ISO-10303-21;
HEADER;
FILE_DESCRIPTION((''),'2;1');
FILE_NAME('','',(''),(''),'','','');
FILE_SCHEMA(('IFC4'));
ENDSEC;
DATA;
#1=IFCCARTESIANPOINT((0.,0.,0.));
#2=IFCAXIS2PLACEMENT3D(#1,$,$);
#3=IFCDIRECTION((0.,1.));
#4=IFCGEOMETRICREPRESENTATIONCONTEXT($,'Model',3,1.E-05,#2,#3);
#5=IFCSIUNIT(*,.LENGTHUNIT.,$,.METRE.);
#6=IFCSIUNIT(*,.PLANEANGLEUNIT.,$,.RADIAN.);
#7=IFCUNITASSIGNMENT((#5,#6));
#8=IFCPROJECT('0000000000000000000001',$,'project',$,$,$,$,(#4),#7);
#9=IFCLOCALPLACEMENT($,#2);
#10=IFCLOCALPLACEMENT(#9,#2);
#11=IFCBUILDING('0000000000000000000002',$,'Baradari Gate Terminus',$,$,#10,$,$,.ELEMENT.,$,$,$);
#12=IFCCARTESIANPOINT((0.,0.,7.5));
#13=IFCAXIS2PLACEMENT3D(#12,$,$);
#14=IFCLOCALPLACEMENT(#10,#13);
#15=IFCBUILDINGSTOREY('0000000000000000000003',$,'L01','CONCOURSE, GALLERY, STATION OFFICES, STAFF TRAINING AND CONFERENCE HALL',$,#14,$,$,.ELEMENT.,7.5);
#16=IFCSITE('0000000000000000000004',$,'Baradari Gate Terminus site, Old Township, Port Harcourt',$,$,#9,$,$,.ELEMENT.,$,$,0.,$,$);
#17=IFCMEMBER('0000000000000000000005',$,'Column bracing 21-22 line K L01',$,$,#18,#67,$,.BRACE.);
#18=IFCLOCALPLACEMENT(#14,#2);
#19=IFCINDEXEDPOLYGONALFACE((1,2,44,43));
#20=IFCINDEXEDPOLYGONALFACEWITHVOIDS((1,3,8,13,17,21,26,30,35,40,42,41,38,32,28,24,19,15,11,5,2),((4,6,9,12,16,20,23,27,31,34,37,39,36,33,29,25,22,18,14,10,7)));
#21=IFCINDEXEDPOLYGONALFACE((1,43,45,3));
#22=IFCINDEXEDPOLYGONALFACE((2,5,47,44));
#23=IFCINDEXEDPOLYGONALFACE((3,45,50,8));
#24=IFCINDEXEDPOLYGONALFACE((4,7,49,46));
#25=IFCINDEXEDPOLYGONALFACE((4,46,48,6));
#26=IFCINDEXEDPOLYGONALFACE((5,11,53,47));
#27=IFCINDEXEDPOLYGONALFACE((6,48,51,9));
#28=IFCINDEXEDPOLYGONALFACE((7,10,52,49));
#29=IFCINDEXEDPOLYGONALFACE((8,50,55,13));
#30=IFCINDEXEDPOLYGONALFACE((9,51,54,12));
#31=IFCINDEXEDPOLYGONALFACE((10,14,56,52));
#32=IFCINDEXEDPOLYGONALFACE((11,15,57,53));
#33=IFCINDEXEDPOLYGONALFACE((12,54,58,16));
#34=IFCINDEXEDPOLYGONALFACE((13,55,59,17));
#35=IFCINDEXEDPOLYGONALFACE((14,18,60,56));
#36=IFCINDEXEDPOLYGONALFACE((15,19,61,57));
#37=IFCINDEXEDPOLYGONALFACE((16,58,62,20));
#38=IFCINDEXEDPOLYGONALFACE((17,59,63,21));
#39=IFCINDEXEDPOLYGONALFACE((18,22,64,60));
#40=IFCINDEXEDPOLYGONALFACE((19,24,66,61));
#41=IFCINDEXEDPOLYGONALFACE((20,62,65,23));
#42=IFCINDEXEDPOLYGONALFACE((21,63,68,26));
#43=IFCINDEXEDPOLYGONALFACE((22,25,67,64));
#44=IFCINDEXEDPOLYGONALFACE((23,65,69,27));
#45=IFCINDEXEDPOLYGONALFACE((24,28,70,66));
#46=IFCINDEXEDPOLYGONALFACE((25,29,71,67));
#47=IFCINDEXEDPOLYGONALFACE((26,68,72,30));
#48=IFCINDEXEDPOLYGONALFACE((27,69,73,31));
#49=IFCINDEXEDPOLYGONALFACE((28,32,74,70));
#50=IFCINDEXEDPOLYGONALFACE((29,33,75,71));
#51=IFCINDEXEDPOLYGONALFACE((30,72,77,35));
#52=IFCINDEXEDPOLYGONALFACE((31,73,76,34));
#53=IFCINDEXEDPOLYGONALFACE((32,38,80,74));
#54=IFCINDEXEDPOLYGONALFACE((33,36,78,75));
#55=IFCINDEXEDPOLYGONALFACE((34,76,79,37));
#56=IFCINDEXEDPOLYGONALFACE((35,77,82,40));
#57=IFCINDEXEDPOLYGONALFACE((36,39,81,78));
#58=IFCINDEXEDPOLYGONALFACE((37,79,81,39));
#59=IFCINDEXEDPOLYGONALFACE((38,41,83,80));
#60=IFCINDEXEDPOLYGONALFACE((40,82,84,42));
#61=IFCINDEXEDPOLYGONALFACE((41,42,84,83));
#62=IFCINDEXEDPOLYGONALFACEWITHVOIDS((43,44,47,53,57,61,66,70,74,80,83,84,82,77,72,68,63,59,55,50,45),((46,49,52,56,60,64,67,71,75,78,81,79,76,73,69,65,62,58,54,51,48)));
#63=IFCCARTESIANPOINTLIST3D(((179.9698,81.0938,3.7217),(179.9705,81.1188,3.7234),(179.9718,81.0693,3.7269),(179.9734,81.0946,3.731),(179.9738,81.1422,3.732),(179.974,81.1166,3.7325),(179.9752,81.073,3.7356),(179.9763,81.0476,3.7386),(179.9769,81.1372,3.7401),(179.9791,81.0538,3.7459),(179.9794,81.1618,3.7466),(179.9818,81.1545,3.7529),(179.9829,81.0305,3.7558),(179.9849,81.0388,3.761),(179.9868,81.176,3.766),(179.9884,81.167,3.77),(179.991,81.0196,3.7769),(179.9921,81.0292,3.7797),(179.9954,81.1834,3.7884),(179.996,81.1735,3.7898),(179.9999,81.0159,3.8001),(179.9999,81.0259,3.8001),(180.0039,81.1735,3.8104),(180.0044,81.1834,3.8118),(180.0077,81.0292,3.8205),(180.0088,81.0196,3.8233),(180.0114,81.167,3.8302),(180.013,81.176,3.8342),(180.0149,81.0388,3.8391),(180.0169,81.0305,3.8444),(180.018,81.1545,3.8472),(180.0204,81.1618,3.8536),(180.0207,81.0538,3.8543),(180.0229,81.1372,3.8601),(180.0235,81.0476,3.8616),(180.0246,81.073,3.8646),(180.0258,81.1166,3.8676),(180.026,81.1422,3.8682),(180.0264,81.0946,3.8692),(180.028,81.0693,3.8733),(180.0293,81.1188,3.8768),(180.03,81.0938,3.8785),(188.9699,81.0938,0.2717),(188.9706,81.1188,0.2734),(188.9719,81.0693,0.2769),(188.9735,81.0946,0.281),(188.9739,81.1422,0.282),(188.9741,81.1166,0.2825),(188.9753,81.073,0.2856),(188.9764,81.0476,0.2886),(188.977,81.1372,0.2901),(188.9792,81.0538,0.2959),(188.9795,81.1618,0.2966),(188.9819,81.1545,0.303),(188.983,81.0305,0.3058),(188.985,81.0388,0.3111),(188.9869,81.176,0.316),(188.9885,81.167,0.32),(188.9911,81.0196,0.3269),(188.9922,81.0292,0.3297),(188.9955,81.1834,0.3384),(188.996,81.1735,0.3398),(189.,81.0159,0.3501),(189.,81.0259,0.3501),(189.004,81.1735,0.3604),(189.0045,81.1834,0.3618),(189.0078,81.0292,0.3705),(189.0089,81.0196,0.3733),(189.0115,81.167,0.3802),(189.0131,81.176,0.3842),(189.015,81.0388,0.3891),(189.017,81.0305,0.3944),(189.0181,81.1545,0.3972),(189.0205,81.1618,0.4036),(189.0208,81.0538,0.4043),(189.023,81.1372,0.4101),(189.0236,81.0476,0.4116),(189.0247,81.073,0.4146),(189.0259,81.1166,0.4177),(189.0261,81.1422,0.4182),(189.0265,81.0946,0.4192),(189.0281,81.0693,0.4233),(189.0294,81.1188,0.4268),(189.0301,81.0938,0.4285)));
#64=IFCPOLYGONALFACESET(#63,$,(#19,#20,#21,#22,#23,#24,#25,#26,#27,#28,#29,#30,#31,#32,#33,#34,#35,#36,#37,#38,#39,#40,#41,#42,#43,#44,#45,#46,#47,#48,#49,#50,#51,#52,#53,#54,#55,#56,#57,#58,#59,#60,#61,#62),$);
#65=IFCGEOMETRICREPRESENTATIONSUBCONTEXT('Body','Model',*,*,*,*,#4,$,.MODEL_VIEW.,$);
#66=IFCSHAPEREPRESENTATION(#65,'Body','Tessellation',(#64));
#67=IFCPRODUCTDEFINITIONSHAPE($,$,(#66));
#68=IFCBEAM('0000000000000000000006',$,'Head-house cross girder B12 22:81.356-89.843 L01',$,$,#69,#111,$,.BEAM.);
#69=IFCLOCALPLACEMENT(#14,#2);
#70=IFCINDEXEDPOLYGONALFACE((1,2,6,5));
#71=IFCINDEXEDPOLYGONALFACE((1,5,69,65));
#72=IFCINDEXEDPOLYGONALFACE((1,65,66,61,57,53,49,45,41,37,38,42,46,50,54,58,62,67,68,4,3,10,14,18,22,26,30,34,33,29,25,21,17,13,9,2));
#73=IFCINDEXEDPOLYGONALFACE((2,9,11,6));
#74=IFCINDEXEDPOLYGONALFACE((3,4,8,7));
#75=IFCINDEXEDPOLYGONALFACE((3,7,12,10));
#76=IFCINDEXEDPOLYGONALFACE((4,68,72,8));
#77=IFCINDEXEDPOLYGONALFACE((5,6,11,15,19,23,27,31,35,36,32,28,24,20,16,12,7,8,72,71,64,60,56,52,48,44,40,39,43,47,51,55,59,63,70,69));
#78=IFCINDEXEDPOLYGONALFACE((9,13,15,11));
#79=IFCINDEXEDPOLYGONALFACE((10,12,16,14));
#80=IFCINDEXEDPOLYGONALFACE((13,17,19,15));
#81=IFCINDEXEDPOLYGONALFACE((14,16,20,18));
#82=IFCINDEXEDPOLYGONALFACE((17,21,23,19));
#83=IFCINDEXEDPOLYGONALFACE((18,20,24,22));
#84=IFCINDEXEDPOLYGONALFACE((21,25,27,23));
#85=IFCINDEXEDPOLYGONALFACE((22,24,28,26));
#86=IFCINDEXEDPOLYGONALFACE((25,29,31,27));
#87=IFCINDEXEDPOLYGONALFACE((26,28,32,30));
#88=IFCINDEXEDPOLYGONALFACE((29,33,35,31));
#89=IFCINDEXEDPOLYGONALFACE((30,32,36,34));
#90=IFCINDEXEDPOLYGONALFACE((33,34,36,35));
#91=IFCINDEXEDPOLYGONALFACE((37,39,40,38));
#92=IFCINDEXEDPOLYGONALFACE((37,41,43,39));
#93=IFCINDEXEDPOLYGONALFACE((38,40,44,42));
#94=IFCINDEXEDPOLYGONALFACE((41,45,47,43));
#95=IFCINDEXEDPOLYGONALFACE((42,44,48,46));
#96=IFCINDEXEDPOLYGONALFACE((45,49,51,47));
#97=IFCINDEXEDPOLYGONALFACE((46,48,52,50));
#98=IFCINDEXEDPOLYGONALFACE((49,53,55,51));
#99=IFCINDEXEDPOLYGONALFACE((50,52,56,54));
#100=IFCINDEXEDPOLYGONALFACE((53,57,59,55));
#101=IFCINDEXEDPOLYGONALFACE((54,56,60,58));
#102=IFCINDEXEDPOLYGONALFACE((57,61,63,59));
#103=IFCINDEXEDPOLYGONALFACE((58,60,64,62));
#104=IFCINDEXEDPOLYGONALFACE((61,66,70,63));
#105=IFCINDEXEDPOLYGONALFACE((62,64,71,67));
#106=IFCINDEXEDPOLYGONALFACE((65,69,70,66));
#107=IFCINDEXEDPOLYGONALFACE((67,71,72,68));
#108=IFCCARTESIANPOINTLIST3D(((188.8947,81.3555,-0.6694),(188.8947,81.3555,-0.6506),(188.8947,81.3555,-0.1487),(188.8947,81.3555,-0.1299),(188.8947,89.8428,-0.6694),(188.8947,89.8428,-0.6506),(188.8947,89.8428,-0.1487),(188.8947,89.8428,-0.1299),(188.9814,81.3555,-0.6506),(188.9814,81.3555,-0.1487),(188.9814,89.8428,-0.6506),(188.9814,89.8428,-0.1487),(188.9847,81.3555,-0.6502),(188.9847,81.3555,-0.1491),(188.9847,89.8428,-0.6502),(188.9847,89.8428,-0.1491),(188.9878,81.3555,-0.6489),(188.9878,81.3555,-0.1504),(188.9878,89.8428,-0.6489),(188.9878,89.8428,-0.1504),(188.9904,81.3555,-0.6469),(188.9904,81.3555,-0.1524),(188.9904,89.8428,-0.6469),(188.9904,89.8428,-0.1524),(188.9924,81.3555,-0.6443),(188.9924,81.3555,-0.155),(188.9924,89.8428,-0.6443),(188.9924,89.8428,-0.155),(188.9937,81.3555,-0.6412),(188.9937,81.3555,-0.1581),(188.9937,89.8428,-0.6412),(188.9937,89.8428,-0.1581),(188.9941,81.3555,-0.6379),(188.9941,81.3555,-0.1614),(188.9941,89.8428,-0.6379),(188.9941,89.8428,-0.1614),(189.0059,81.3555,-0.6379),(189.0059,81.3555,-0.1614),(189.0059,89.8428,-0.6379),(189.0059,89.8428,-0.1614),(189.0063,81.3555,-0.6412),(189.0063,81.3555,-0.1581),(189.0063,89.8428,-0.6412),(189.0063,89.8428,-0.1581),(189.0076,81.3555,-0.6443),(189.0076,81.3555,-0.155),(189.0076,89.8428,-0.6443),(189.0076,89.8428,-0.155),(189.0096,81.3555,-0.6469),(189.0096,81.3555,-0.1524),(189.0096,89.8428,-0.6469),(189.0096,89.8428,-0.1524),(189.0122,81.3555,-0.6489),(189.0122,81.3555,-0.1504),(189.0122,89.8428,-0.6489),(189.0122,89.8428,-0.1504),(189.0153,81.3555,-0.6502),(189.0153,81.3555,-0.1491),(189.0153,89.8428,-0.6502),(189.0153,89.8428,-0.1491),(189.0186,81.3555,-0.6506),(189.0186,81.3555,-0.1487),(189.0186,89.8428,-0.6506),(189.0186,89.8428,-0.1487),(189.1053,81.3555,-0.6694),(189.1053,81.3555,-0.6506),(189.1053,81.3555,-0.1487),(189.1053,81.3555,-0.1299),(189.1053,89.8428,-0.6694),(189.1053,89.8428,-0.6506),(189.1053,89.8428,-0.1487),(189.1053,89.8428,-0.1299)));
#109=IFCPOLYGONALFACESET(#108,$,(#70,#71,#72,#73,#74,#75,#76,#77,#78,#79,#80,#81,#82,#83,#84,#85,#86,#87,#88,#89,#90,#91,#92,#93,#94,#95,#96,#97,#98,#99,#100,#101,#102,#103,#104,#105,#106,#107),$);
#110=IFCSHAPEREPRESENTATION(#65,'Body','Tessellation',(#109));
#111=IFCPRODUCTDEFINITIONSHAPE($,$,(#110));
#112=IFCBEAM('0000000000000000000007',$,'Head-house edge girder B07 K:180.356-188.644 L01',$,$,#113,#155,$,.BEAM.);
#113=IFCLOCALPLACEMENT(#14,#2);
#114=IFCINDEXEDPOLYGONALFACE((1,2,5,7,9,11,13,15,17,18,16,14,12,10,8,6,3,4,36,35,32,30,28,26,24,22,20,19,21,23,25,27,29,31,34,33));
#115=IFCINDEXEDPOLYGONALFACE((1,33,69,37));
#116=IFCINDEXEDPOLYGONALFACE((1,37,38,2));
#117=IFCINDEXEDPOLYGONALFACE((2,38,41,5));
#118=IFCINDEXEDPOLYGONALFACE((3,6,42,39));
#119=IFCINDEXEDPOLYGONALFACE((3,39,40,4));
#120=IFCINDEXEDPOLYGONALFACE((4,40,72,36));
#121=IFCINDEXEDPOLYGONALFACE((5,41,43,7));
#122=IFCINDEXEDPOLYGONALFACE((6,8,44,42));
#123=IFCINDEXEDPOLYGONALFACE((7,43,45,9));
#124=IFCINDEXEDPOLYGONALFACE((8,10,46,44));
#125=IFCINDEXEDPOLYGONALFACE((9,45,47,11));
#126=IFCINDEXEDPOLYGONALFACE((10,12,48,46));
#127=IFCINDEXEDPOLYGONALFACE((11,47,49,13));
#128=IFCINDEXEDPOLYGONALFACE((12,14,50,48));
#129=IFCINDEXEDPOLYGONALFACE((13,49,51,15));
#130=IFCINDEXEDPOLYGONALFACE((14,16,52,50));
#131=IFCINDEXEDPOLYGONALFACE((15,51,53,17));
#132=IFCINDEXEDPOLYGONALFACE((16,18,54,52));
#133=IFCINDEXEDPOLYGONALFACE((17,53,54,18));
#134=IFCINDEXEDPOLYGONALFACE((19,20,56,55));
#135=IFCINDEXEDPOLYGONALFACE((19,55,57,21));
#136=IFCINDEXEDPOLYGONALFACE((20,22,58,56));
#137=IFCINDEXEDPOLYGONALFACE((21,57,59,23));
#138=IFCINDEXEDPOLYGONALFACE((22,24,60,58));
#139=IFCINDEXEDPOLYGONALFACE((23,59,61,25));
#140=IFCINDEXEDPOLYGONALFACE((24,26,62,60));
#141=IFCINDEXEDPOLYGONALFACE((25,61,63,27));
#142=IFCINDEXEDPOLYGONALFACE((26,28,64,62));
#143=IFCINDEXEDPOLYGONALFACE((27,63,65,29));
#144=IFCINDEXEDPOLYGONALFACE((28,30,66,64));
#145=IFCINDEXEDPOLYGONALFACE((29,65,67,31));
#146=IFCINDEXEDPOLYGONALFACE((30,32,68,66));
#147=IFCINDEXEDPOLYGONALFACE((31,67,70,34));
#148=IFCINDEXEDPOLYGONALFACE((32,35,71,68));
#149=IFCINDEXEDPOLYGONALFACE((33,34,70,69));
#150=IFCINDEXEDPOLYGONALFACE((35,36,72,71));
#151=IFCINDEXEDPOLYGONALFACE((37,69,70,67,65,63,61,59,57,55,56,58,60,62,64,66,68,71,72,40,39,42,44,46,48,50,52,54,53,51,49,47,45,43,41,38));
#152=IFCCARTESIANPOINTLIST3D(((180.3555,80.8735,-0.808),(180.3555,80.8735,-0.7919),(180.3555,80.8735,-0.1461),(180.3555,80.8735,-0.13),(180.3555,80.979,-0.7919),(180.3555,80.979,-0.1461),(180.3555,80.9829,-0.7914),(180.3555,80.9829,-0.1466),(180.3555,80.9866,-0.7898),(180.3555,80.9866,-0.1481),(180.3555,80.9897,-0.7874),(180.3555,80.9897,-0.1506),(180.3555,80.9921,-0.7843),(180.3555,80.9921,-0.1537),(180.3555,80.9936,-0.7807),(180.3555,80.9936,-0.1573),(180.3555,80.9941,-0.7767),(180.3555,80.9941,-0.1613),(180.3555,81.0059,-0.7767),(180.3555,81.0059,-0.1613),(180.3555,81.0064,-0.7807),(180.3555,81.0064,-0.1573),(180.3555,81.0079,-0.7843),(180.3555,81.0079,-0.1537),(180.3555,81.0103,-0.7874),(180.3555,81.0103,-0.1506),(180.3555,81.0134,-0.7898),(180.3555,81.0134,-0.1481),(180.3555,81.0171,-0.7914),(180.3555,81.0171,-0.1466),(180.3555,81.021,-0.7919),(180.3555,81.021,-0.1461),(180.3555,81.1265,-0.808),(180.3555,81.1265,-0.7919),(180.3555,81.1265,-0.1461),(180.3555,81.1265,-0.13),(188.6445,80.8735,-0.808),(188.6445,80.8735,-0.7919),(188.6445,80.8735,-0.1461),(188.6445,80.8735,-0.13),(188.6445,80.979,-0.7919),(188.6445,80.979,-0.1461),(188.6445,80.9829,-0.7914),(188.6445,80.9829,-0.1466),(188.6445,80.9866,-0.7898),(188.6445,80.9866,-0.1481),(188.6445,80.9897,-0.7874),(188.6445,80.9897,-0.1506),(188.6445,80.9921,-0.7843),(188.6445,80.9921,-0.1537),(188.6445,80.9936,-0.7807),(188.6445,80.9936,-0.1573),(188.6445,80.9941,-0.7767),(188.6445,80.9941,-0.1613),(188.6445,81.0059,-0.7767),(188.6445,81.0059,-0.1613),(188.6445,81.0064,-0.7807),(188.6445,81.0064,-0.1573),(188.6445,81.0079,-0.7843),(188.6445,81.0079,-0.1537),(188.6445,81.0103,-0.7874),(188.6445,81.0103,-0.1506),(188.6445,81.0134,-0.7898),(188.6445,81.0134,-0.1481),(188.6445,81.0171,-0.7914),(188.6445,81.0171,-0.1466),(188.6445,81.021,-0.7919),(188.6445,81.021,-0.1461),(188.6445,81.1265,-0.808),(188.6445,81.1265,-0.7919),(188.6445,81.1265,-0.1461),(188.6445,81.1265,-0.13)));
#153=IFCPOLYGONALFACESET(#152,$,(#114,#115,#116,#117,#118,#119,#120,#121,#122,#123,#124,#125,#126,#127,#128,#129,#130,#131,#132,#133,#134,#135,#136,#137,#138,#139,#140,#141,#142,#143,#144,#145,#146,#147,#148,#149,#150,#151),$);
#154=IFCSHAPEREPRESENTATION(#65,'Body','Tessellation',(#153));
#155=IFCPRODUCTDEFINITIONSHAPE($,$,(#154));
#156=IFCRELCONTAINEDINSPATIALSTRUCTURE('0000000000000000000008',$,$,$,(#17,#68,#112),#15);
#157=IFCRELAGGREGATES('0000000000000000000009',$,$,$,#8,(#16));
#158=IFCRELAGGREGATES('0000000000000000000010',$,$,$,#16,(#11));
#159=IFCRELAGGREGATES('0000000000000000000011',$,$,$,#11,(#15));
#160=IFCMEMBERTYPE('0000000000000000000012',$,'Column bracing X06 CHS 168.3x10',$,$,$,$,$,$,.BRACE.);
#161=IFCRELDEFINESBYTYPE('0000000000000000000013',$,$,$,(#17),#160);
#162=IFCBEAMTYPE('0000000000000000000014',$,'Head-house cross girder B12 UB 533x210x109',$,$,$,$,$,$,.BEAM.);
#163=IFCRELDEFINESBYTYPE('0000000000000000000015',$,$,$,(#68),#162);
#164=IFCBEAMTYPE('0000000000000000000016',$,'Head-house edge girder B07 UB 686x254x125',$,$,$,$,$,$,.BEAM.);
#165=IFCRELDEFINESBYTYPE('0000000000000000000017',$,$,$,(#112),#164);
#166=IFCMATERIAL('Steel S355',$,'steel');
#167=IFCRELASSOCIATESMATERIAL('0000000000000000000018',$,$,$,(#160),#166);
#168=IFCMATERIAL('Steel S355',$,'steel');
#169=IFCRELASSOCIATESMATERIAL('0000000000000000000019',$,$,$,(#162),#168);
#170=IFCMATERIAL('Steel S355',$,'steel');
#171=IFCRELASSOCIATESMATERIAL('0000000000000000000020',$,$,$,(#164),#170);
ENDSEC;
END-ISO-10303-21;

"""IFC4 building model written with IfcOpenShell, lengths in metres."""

from ifc_helpers import new_model, si_unit, direction, frame, origin, origin_2d, place, context, subcontext, project, spatial, hollow_circle, i_section, extrude, material, material_profile, profile_set, type_object, element, save


model = new_model("IFC4")

# Units and contexts
model_context = context("Model", 3, precision=1e-05, world=origin(), true_north=direction((0.0, 1.0)))
body_context = subcontext(model_context, "Body", "Model", "MODEL_VIEW")
ifc_project = project(units=[si_unit("LENGTHUNIT", "METRE"), si_unit("PLANEANGLEUNIT", "RADIAN")], contexts=[model_context])

# Site, building, storey
site_placement = place(None, origin())
site = spatial("IfcSite", under=ifc_project, at=site_placement, Name="Baradari Gate Terminus site, Old Township, Port Harcourt", CompositionType="ELEMENT", RefElevation=0.0)
building_placement = place(site_placement, origin())
building = spatial("IfcBuilding", under=site, at=building_placement, Name="Baradari Gate Terminus", CompositionType="ELEMENT")
storey_placement = place(building_placement, frame((0.0, 0.0, 7.5)))
storey = spatial("IfcBuildingStorey", under=building, at=storey_placement, Name="L01", Description="CONCOURSE, GALLERY, STATION OFFICES, STAFF TRAINING AND CONFERENCE HALL", CompositionType="ELEMENT", Elevation=7.5)

# Member
ifc_material_1 = material(Name="Steel S355", Category="steel")
ifc_material_profile_1 = material_profile(ifc_material_1, hollow_circle(Radius=0.0842, WallThickness=0.01, at=origin_2d()), Name="CHS 168.3x10")
ifc_profile_set_1 = profile_set([ifc_material_profile_1], Name="Steel S355")
member_type = type_object("IfcMemberType", Name="Column bracing X06 CHS 168.3x10", PredefinedType="BRACE", material=ifc_profile_set_1)
member_placement = place(storey_placement, frame((189.0, 81.1001, 0.3501), z_axis=(-0.933748, 0.0, 0.357932), x_axis=(0.0, -1.0, 0.0)))
element("IfcMember", 1, at=member_placement, inside=storey, type_object=member_type, Name="Column bracing 21-22 line K L01", PredefinedType="BRACE", context=body_context, shape_type="SweptSolid", body=[
    extrude(hollow_circle(Radius=0.0842, WallThickness=0.01, at=origin_2d()), origin(), (0.0, 0.0, 1.0), 9.6387),
])

# Beams
ifc_material_2 = material(Name="Steel S355", Category="steel")
ifc_material_profile_2 = material_profile(ifc_material_2, i_section(OverallWidth=0.2107, OverallDepth=0.5396, WebThickness=0.0117, FlangeThickness=0.0188, FilletRadius=0.0127, at=origin_2d()), Name="UB 533x210x109")
ifc_profile_set_2 = profile_set([ifc_material_profile_2], Name="Steel S355")
beam_type_1 = type_object("IfcBeamType", Name="Head-house cross girder B12 UB 533x210x109", PredefinedType="BEAM", material=ifc_profile_set_2)
beam_1_placement = place(storey_placement, frame((189.0, 81.3555, -0.3997), z_axis=(0.0, 1.0, 0.0), x_axis=(-1.0, 0.0, 0.0)))
element("IfcBeam", 2, at=beam_1_placement, inside=storey, type_object=beam_type_1, Name="Head-house cross girder B12 22:81.356-89.843 L01", PredefinedType="BEAM", context=body_context, shape_type="SweptSolid", body=[
    extrude(i_section(OverallWidth=0.2107, OverallDepth=0.5396, WebThickness=0.0117, FlangeThickness=0.0188, FilletRadius=0.0127, at=origin_2d()), origin(), (0.0, 0.0, 1.0), 8.4873),
])
ifc_material_3 = material(Name="Steel S355", Category="steel")
ifc_material_profile_3 = material_profile(ifc_material_3, i_section(OverallWidth=0.2529, OverallDepth=0.678, WebThickness=0.0117, FlangeThickness=0.0161, FilletRadius=0.0151, at=origin_2d()), Name="UB 686x254x125")
ifc_profile_set_3 = profile_set([ifc_material_profile_3], Name="Steel S355")
beam_type_2 = type_object("IfcBeamType", Name="Head-house edge girder B07 UB 686x254x125", PredefinedType="BEAM", material=ifc_profile_set_3)
beam_2_placement = place(storey_placement, frame((180.3555, 81.0, -0.469), z_axis=(1.0, 0.0, 0.0), x_axis=(0.0, 1.0, 0.0)))
element("IfcBeam", 3, at=beam_2_placement, inside=storey, type_object=beam_type_2, Name="Head-house edge girder B07 K:180.356-188.644 L01", PredefinedType="BEAM", context=body_context, shape_type="SweptSolid", body=[
    extrude(i_section(OverallWidth=0.2529, OverallDepth=0.678, WebThickness=0.0117, FlangeThickness=0.0161, FilletRadius=0.0151, at=origin_2d()), origin(), (0.0, 0.0, 1.0), 8.2891),
])

save(model, "model.ifc")
